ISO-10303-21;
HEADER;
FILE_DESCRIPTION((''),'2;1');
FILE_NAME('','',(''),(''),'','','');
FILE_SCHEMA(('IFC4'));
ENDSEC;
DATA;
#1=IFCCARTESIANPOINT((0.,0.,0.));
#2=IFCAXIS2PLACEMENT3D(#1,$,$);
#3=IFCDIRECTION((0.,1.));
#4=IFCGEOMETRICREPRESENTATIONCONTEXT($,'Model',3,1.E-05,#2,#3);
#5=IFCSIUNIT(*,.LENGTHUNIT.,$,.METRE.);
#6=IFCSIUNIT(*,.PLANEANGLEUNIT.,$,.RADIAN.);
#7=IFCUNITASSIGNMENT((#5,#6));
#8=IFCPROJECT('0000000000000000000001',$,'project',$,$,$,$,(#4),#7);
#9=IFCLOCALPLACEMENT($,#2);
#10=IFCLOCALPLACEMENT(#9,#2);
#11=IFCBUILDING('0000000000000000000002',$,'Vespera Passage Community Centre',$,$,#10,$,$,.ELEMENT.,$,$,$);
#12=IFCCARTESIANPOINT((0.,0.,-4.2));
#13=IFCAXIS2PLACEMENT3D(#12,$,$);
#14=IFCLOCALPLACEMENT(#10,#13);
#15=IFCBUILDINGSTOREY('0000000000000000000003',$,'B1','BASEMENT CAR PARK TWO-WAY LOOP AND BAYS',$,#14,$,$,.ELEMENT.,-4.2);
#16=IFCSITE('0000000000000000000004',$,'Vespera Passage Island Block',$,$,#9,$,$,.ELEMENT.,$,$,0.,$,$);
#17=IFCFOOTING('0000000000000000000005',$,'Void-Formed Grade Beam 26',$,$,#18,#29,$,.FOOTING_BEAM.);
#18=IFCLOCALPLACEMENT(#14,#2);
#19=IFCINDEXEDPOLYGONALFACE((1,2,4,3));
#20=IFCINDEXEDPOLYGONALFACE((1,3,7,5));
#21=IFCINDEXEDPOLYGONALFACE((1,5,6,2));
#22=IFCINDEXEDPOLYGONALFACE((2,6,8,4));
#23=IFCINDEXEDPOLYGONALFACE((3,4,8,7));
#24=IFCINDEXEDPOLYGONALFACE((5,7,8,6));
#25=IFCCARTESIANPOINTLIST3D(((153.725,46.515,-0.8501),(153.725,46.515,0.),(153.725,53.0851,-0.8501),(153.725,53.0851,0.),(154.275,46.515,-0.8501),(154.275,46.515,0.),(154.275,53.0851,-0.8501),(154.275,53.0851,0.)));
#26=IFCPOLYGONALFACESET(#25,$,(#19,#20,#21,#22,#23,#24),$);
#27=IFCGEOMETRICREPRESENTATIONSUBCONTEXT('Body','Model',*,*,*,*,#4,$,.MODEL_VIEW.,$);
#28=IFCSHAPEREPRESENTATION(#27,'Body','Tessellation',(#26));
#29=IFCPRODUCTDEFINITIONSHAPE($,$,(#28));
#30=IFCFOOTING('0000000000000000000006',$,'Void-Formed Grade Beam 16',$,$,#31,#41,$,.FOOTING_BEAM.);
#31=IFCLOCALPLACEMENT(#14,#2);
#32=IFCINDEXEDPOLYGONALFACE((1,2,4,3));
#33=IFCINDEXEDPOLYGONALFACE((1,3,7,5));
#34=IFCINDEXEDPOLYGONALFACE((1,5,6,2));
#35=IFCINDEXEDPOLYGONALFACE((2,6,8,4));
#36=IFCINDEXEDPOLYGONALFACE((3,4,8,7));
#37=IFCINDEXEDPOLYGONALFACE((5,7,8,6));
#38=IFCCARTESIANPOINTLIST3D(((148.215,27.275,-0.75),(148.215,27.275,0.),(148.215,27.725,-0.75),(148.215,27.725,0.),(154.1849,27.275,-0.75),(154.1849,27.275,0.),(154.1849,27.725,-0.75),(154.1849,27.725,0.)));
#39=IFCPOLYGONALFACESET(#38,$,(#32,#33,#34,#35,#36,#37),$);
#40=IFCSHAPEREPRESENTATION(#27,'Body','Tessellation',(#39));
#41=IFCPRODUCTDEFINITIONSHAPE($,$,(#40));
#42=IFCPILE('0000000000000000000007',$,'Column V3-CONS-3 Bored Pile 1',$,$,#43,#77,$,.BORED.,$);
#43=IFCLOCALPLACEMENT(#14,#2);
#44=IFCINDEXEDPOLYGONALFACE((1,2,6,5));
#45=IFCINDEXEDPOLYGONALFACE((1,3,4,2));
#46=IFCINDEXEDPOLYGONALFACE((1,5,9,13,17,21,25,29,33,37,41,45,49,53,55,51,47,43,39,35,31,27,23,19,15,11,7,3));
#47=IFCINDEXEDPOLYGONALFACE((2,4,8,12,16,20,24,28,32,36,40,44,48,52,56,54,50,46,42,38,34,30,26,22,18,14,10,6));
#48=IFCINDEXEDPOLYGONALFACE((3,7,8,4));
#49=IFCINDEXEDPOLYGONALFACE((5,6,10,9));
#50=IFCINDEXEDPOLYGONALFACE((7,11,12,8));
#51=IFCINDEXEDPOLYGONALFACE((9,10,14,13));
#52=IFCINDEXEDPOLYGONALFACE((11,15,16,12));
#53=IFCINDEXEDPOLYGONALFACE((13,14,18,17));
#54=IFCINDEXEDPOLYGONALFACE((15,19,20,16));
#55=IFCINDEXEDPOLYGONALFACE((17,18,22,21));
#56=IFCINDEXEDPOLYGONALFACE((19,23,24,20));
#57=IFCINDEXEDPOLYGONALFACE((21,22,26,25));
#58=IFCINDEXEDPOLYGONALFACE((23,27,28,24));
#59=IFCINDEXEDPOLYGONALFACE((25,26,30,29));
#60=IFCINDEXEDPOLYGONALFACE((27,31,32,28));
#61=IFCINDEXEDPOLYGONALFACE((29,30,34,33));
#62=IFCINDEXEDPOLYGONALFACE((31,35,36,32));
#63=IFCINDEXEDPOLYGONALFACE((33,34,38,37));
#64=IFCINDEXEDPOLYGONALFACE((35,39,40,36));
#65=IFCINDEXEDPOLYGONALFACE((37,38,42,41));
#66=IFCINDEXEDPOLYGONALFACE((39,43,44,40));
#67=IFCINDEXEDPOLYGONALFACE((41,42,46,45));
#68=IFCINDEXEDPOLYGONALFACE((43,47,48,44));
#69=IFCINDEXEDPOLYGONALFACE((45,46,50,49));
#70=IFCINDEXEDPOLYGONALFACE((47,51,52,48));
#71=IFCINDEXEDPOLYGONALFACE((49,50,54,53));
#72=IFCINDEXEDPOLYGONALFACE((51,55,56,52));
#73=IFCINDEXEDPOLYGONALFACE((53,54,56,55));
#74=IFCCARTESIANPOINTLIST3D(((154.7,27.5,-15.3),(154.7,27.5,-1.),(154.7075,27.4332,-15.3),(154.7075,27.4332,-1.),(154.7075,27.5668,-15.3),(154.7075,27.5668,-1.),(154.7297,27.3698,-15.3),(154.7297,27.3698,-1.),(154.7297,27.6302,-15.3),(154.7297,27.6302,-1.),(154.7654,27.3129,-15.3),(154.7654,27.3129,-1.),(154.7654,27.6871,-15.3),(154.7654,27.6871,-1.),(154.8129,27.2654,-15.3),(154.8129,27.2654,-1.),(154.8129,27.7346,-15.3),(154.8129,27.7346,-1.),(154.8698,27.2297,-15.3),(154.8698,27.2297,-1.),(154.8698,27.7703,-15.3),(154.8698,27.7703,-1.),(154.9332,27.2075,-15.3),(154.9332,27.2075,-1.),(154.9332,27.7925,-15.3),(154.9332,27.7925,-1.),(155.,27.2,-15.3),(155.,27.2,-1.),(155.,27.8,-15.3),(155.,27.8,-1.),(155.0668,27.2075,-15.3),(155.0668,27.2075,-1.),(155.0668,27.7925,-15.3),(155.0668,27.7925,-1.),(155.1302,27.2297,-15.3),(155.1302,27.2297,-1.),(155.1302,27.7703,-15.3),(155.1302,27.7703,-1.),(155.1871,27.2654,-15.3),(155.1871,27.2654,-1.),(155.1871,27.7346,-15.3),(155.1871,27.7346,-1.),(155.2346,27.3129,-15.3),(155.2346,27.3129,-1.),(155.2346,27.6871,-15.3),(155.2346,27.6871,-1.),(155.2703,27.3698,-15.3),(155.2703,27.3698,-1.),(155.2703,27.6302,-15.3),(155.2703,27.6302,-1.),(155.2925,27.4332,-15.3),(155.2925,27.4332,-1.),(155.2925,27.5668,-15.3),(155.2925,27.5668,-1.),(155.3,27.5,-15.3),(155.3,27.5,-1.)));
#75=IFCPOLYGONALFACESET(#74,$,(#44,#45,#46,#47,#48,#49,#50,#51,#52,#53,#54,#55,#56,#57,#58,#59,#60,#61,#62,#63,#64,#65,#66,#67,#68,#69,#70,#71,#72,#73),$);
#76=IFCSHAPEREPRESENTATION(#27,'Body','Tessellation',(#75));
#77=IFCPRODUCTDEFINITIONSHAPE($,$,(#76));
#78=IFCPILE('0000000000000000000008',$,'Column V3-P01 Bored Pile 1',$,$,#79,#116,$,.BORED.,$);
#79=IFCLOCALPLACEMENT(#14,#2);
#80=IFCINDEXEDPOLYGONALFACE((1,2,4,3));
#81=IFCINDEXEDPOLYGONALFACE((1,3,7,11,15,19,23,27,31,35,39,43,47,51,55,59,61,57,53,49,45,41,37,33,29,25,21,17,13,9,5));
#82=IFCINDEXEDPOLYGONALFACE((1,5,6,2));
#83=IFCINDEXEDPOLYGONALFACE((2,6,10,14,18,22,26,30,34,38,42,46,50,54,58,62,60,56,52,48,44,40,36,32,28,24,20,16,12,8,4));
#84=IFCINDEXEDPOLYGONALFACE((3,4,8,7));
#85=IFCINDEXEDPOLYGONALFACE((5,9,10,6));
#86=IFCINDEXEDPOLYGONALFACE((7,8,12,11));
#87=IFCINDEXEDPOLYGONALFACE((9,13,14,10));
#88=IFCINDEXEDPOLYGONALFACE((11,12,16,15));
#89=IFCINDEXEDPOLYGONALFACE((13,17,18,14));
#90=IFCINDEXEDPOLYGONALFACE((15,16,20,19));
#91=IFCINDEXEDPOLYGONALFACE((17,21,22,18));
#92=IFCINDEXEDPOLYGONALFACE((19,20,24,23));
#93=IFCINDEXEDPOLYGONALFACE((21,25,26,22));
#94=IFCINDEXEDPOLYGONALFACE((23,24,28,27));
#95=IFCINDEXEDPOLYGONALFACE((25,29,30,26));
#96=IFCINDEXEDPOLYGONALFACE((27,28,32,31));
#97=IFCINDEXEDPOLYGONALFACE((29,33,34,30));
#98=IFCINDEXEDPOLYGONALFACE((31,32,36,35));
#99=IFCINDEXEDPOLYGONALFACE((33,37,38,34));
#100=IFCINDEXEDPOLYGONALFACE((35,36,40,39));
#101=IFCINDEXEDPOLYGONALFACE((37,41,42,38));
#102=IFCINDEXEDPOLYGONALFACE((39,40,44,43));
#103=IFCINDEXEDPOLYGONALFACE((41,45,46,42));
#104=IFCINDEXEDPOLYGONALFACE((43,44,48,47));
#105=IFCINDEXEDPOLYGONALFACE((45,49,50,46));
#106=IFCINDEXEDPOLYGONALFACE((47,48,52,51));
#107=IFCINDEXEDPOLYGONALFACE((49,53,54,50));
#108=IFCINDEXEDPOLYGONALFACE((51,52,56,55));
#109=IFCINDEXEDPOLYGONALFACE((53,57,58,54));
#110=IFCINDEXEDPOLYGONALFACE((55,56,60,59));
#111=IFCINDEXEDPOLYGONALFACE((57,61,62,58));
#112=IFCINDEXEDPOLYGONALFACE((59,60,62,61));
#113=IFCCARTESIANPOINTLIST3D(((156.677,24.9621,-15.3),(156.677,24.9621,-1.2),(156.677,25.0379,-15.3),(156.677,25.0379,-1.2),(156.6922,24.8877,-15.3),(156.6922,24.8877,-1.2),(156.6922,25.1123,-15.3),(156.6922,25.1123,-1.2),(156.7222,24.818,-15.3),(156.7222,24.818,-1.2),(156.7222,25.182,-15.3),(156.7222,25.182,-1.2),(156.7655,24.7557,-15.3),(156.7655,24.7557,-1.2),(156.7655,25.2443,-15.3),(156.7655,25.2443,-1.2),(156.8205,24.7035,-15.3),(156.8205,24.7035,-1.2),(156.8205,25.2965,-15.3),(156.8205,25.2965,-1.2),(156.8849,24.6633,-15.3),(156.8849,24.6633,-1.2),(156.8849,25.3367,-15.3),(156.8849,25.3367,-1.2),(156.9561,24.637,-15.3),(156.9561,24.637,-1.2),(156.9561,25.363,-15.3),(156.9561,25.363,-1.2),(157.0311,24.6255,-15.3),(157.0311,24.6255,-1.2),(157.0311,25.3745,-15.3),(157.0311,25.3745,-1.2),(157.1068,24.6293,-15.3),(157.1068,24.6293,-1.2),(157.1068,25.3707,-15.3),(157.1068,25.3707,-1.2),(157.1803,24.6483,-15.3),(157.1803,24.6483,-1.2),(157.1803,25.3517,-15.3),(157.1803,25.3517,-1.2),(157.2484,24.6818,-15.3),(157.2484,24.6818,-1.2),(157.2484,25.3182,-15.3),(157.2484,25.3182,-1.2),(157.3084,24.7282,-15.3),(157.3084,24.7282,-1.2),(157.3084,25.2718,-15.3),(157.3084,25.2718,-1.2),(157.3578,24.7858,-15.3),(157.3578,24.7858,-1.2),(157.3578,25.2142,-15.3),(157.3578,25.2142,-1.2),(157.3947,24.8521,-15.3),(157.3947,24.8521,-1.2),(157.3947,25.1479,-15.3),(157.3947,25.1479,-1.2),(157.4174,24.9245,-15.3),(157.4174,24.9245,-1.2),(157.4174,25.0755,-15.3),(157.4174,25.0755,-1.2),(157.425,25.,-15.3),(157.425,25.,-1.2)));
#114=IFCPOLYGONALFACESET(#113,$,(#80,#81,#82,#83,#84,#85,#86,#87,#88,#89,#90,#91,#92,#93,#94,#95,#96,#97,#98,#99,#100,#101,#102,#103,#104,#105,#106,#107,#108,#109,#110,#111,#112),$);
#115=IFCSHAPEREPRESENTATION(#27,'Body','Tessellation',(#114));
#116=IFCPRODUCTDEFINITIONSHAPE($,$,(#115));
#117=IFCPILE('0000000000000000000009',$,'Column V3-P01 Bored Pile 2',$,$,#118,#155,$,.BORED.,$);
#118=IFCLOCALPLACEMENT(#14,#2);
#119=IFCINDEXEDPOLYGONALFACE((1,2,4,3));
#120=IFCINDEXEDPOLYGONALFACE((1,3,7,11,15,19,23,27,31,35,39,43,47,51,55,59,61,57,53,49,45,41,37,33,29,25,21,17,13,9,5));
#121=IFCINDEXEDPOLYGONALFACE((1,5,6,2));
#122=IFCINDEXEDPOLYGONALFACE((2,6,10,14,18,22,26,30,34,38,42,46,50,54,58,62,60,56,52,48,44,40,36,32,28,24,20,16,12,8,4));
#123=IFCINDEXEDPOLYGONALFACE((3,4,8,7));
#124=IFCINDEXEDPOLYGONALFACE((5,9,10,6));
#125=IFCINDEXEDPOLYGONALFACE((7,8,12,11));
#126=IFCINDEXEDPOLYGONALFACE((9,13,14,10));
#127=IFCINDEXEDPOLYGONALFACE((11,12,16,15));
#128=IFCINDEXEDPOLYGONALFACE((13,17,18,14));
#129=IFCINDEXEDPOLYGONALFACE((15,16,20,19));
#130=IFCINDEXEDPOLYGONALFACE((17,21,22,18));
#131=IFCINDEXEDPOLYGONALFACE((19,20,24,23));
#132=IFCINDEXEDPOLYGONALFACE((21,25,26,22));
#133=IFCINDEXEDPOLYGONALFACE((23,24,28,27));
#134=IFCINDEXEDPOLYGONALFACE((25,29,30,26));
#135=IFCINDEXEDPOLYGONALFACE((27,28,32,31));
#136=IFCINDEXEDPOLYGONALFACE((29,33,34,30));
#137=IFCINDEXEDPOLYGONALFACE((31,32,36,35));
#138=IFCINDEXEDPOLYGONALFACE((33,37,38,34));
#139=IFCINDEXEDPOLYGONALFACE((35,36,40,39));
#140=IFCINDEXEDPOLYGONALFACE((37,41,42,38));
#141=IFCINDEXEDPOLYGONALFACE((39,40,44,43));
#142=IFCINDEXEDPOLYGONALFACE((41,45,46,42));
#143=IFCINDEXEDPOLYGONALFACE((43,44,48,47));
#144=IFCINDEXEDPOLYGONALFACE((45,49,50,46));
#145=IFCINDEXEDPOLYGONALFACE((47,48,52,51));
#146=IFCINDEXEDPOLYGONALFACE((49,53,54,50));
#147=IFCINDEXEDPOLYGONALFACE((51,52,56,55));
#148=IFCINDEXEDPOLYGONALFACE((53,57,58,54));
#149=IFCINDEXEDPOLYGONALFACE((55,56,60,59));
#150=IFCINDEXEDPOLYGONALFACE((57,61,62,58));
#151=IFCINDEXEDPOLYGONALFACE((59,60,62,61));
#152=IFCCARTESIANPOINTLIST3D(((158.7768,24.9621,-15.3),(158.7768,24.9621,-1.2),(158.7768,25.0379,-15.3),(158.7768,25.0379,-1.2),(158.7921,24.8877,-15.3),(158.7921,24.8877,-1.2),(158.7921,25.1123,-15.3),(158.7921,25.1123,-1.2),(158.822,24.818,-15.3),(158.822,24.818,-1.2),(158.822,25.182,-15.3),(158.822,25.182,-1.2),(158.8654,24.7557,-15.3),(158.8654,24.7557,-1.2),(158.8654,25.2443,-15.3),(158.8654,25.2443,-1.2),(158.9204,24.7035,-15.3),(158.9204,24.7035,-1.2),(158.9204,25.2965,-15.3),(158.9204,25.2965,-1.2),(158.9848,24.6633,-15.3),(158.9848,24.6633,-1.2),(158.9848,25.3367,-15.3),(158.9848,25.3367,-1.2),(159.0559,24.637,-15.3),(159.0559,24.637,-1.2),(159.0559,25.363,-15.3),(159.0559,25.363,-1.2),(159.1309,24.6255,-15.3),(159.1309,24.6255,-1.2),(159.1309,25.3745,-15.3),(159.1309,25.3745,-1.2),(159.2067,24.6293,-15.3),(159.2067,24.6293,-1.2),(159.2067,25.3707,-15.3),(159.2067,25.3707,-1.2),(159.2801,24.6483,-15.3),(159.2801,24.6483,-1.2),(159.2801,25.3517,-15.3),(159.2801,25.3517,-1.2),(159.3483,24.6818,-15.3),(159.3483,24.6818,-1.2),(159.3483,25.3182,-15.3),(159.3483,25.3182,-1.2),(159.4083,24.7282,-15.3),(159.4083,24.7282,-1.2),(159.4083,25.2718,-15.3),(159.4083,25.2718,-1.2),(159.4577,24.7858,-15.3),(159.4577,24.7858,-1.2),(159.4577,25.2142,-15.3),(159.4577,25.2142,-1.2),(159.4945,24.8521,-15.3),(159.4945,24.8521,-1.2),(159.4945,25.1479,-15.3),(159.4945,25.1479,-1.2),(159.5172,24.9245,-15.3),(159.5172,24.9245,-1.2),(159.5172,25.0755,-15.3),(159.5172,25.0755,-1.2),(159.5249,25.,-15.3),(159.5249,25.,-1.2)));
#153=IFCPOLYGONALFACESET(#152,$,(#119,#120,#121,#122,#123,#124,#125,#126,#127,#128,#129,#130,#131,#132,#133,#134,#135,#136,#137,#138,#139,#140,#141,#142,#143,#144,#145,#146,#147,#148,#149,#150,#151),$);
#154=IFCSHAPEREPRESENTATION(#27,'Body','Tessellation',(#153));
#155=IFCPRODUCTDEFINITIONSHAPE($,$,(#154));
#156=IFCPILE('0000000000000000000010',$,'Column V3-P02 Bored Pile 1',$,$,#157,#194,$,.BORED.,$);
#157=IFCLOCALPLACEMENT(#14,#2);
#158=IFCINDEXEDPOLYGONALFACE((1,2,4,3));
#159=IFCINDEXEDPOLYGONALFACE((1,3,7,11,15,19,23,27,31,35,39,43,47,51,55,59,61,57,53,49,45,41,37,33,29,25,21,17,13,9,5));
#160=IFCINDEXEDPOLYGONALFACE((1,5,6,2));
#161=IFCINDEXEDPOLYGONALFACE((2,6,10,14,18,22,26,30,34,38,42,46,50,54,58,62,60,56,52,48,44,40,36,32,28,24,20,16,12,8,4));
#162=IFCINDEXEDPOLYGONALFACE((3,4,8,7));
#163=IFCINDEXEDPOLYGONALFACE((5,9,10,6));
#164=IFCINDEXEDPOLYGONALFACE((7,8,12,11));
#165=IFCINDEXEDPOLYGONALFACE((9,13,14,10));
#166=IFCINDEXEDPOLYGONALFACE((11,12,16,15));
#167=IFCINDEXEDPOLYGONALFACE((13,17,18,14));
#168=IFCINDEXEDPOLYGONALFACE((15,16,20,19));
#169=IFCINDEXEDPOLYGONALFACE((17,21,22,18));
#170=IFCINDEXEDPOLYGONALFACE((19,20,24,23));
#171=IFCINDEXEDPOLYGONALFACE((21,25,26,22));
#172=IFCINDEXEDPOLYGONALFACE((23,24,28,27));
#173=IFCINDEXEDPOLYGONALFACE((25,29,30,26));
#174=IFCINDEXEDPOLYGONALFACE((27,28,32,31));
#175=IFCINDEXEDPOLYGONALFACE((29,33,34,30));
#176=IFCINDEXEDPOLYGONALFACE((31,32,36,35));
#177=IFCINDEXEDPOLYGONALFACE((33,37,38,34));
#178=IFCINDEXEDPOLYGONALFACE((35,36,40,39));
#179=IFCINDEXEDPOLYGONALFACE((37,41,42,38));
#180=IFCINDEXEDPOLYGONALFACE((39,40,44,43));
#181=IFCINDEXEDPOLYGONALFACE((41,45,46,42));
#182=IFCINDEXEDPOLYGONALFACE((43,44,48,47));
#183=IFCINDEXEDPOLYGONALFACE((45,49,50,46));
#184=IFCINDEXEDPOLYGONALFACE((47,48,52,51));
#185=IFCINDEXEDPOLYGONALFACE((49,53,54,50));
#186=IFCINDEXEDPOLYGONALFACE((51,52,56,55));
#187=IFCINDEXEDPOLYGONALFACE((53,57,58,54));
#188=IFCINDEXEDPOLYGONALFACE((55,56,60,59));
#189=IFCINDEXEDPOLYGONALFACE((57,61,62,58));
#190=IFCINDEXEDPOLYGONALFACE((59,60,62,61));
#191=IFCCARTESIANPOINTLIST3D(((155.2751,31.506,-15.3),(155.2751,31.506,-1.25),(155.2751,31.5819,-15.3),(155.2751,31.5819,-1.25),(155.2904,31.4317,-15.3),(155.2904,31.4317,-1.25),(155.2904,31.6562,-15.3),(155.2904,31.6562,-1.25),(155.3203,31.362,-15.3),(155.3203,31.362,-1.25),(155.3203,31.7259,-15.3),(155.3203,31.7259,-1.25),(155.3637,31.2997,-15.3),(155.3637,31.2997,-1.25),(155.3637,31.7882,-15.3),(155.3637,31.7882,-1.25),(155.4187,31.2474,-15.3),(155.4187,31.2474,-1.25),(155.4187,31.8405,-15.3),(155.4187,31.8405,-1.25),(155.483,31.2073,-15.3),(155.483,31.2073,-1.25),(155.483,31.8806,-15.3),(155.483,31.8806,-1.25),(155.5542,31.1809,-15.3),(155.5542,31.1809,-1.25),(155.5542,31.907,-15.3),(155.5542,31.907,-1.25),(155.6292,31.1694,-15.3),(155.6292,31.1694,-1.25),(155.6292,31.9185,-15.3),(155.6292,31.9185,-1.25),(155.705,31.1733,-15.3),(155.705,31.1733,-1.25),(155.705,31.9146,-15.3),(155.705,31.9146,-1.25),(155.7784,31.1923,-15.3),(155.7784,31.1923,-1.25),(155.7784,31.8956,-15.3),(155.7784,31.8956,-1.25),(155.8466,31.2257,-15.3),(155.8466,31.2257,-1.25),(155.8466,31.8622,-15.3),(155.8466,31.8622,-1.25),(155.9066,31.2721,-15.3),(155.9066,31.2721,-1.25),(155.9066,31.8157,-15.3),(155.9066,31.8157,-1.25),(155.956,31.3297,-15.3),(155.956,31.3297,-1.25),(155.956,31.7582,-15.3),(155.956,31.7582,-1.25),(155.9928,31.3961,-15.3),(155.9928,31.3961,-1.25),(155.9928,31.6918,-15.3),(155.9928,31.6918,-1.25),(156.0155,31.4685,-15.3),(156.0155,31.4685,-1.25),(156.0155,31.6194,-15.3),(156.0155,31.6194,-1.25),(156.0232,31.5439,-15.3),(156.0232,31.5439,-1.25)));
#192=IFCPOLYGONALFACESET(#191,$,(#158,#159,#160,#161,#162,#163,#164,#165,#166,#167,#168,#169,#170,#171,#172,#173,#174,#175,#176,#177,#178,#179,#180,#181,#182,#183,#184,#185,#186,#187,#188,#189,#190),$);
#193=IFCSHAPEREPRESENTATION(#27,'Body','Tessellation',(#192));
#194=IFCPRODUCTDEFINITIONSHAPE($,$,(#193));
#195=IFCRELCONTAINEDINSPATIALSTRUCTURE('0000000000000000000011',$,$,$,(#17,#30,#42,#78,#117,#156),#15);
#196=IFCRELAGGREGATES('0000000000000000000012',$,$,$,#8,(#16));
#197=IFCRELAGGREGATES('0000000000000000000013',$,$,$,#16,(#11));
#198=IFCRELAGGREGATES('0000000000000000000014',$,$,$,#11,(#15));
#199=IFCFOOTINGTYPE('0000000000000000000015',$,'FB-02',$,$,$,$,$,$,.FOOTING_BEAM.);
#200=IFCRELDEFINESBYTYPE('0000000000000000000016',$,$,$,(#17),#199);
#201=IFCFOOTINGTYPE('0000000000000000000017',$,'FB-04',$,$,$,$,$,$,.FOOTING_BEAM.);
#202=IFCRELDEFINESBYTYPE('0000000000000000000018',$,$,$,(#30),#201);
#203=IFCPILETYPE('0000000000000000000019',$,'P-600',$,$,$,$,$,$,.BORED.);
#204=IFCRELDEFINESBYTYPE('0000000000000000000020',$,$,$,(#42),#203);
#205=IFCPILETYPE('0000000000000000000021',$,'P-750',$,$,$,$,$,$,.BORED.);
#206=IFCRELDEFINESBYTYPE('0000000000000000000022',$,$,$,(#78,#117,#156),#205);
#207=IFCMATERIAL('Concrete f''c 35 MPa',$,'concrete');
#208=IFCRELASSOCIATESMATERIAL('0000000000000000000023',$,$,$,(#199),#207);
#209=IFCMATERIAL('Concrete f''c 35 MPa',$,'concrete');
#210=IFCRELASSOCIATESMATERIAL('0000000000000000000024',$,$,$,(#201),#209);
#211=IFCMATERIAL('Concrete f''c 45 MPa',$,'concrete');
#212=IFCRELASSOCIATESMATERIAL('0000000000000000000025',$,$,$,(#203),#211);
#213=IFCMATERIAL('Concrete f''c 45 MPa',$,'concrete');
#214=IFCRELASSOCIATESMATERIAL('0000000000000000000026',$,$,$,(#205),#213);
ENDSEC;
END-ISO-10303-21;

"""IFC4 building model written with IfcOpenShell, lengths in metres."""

from ifc_helpers import new_model, si_unit, direction, frame, origin, origin_2d, place, context, subcontext, project, spatial, rectangle, circle, extrude, material, material_profile, profile_set, type_object, element, save


model = new_model("IFC4")

# Units and contexts
model_context = context("Model", 3, precision=1e-05, world=origin(), true_north=direction((0.0, 1.0)))
body_context = subcontext(model_context, "Body", "Model", "MODEL_VIEW")
ifc_project = project(units=[si_unit("LENGTHUNIT", "METRE"), si_unit("PLANEANGLEUNIT", "RADIAN")], contexts=[model_context])

# Site, building, storey
site_placement = place(None, origin())
site = spatial("IfcSite", under=ifc_project, at=site_placement, Name="Vespera Passage Island Block", CompositionType="ELEMENT", RefElevation=0.0)
building_placement = place(site_placement, origin())
building = spatial("IfcBuilding", under=site, at=building_placement, Name="Vespera Passage Community Centre", CompositionType="ELEMENT")
storey_placement = place(building_placement, frame((0.0, 0.0, -4.2)))
storey = spatial("IfcBuildingStorey", under=building, at=storey_placement, Name="B1", Description="BASEMENT CAR PARK TWO-WAY LOOP AND BAYS", CompositionType="ELEMENT", Elevation=-4.2)

# Footings
ifc_material_1 = material(Name="Concrete f'c 35 MPa", Category="concrete")
footing_type_1 = type_object("IfcFootingType", Name="FB-02", PredefinedType="FOOTING_BEAM", material=ifc_material_1)
footing_1_placement = place(storey_placement, frame((154.0, 49.8, -0.8501), z_axis=(0.0, 0.0, 1.0), x_axis=(0.0, -1.0, 0.0)))
element("IfcFooting", 1, at=footing_1_placement, inside=storey, type_object=footing_type_1, Name="Void-Formed Grade Beam 26", PredefinedType="FOOTING_BEAM", context=body_context, shape_type="SweptSolid", body=[
    extrude(rectangle(XDim=6.5701, YDim=0.55, at=origin_2d()), origin(), (0.0, 0.0, 1.0), 0.8501),
])
ifc_material_2 = material(Name="Concrete f'c 35 MPa", Category="concrete")
footing_type_2 = type_object("IfcFootingType", Name="FB-04", PredefinedType="FOOTING_BEAM", material=ifc_material_2)
footing_2_placement = place(storey_placement, frame((151.2, 27.5, -0.75), z_axis=(0.0, 0.0, 1.0), x_axis=(1.0, 0.0, 0.0)))
element("IfcFooting", 2, at=footing_2_placement, inside=storey, type_object=footing_type_2, Name="Void-Formed Grade Beam 16", PredefinedType="FOOTING_BEAM", context=body_context, shape_type="SweptSolid", body=[
    extrude(rectangle(XDim=5.97, YDim=0.45, at=origin_2d()), origin(), (0.0, 0.0, 1.0), 0.75),
])

# Piles
ifc_material_3 = material(Name="Concrete f'c 45 MPa", Category="concrete")
ifc_material_profile_1 = material_profile(ifc_material_3, circle(Radius=0.3, at=origin_2d()), Name="PILE600DIA")
ifc_profile_set_1 = profile_set([ifc_material_profile_1], Name="Concrete f'c 45 MPa")
pile_type_1 = type_object("IfcPileType", Name="P-600", PredefinedType="BORED", material=ifc_profile_set_1)
pile_1_placement = place(storey_placement, frame((155.0, 27.5, -1.0), z_axis=(0.0, 0.0, -1.0), x_axis=(1.0, 0.0, 0.0)))
element("IfcPile", 3, at=pile_1_placement, inside=storey, type_object=pile_type_1, Name="Column V3-CONS-3 Bored Pile 1", PredefinedType="BORED", context=body_context, shape_type="SweptSolid", body=[
    extrude(circle(Radius=0.3, at=origin_2d()), origin(), (0.0, 0.0, 1.0), 14.3),
])
ifc_material_4 = material(Name="Concrete f'c 45 MPa", Category="concrete")
ifc_material_profile_2 = material_profile(ifc_material_4, circle(Radius=0.375, at=origin_2d()), Name="PILE750DIA")
ifc_profile_set_2 = profile_set([ifc_material_profile_2], Name="Concrete f'c 45 MPa")
pile_type_2 = type_object("IfcPileType", Name="P-750", PredefinedType="BORED", material=ifc_profile_set_2)
for number, where, z_axis, x_axis, name in (
    (4, (157.05, 25.0, -1.2), (0.0, 0.0, -1.0), (1.0, 0.0, 0.0), "Column V3-P01 Bored Pile 1"),
    (5, (159.1499, 25.0, -1.2), (0.0, 0.0, -1.0), (1.0, 0.0, 0.0), "Column V3-P01 Bored Pile 2"),
):
    element("IfcPile", number, at=place(storey_placement, frame(where, z_axis=z_axis, x_axis=x_axis)), inside=storey, type_object=pile_type_2, Name=name, PredefinedType="BORED", context=body_context, shape_type="SweptSolid", body=[
        extrude(circle(Radius=0.375, at=origin_2d()), origin(), (0.0, 0.0, 1.0), 14.1001),
    ])
for number, where, z_axis, x_axis, name in (
    (6, (155.6482, 31.5439, -1.25), (0.0, 0.0, -1.0), (1.0, 0.0, 0.0), "Column V3-P02 Bored Pile 1"),
):
    element("IfcPile", number, at=place(storey_placement, frame(where, z_axis=z_axis, x_axis=x_axis)), inside=storey, type_object=pile_type_2, Name=name, PredefinedType="BORED", context=body_context, shape_type="SweptSolid", body=[
        extrude(circle(Radius=0.375, at=origin_2d()), origin(), (0.0, 0.0, 1.0), 14.05),
    ])

save(model, "model.ifc")
